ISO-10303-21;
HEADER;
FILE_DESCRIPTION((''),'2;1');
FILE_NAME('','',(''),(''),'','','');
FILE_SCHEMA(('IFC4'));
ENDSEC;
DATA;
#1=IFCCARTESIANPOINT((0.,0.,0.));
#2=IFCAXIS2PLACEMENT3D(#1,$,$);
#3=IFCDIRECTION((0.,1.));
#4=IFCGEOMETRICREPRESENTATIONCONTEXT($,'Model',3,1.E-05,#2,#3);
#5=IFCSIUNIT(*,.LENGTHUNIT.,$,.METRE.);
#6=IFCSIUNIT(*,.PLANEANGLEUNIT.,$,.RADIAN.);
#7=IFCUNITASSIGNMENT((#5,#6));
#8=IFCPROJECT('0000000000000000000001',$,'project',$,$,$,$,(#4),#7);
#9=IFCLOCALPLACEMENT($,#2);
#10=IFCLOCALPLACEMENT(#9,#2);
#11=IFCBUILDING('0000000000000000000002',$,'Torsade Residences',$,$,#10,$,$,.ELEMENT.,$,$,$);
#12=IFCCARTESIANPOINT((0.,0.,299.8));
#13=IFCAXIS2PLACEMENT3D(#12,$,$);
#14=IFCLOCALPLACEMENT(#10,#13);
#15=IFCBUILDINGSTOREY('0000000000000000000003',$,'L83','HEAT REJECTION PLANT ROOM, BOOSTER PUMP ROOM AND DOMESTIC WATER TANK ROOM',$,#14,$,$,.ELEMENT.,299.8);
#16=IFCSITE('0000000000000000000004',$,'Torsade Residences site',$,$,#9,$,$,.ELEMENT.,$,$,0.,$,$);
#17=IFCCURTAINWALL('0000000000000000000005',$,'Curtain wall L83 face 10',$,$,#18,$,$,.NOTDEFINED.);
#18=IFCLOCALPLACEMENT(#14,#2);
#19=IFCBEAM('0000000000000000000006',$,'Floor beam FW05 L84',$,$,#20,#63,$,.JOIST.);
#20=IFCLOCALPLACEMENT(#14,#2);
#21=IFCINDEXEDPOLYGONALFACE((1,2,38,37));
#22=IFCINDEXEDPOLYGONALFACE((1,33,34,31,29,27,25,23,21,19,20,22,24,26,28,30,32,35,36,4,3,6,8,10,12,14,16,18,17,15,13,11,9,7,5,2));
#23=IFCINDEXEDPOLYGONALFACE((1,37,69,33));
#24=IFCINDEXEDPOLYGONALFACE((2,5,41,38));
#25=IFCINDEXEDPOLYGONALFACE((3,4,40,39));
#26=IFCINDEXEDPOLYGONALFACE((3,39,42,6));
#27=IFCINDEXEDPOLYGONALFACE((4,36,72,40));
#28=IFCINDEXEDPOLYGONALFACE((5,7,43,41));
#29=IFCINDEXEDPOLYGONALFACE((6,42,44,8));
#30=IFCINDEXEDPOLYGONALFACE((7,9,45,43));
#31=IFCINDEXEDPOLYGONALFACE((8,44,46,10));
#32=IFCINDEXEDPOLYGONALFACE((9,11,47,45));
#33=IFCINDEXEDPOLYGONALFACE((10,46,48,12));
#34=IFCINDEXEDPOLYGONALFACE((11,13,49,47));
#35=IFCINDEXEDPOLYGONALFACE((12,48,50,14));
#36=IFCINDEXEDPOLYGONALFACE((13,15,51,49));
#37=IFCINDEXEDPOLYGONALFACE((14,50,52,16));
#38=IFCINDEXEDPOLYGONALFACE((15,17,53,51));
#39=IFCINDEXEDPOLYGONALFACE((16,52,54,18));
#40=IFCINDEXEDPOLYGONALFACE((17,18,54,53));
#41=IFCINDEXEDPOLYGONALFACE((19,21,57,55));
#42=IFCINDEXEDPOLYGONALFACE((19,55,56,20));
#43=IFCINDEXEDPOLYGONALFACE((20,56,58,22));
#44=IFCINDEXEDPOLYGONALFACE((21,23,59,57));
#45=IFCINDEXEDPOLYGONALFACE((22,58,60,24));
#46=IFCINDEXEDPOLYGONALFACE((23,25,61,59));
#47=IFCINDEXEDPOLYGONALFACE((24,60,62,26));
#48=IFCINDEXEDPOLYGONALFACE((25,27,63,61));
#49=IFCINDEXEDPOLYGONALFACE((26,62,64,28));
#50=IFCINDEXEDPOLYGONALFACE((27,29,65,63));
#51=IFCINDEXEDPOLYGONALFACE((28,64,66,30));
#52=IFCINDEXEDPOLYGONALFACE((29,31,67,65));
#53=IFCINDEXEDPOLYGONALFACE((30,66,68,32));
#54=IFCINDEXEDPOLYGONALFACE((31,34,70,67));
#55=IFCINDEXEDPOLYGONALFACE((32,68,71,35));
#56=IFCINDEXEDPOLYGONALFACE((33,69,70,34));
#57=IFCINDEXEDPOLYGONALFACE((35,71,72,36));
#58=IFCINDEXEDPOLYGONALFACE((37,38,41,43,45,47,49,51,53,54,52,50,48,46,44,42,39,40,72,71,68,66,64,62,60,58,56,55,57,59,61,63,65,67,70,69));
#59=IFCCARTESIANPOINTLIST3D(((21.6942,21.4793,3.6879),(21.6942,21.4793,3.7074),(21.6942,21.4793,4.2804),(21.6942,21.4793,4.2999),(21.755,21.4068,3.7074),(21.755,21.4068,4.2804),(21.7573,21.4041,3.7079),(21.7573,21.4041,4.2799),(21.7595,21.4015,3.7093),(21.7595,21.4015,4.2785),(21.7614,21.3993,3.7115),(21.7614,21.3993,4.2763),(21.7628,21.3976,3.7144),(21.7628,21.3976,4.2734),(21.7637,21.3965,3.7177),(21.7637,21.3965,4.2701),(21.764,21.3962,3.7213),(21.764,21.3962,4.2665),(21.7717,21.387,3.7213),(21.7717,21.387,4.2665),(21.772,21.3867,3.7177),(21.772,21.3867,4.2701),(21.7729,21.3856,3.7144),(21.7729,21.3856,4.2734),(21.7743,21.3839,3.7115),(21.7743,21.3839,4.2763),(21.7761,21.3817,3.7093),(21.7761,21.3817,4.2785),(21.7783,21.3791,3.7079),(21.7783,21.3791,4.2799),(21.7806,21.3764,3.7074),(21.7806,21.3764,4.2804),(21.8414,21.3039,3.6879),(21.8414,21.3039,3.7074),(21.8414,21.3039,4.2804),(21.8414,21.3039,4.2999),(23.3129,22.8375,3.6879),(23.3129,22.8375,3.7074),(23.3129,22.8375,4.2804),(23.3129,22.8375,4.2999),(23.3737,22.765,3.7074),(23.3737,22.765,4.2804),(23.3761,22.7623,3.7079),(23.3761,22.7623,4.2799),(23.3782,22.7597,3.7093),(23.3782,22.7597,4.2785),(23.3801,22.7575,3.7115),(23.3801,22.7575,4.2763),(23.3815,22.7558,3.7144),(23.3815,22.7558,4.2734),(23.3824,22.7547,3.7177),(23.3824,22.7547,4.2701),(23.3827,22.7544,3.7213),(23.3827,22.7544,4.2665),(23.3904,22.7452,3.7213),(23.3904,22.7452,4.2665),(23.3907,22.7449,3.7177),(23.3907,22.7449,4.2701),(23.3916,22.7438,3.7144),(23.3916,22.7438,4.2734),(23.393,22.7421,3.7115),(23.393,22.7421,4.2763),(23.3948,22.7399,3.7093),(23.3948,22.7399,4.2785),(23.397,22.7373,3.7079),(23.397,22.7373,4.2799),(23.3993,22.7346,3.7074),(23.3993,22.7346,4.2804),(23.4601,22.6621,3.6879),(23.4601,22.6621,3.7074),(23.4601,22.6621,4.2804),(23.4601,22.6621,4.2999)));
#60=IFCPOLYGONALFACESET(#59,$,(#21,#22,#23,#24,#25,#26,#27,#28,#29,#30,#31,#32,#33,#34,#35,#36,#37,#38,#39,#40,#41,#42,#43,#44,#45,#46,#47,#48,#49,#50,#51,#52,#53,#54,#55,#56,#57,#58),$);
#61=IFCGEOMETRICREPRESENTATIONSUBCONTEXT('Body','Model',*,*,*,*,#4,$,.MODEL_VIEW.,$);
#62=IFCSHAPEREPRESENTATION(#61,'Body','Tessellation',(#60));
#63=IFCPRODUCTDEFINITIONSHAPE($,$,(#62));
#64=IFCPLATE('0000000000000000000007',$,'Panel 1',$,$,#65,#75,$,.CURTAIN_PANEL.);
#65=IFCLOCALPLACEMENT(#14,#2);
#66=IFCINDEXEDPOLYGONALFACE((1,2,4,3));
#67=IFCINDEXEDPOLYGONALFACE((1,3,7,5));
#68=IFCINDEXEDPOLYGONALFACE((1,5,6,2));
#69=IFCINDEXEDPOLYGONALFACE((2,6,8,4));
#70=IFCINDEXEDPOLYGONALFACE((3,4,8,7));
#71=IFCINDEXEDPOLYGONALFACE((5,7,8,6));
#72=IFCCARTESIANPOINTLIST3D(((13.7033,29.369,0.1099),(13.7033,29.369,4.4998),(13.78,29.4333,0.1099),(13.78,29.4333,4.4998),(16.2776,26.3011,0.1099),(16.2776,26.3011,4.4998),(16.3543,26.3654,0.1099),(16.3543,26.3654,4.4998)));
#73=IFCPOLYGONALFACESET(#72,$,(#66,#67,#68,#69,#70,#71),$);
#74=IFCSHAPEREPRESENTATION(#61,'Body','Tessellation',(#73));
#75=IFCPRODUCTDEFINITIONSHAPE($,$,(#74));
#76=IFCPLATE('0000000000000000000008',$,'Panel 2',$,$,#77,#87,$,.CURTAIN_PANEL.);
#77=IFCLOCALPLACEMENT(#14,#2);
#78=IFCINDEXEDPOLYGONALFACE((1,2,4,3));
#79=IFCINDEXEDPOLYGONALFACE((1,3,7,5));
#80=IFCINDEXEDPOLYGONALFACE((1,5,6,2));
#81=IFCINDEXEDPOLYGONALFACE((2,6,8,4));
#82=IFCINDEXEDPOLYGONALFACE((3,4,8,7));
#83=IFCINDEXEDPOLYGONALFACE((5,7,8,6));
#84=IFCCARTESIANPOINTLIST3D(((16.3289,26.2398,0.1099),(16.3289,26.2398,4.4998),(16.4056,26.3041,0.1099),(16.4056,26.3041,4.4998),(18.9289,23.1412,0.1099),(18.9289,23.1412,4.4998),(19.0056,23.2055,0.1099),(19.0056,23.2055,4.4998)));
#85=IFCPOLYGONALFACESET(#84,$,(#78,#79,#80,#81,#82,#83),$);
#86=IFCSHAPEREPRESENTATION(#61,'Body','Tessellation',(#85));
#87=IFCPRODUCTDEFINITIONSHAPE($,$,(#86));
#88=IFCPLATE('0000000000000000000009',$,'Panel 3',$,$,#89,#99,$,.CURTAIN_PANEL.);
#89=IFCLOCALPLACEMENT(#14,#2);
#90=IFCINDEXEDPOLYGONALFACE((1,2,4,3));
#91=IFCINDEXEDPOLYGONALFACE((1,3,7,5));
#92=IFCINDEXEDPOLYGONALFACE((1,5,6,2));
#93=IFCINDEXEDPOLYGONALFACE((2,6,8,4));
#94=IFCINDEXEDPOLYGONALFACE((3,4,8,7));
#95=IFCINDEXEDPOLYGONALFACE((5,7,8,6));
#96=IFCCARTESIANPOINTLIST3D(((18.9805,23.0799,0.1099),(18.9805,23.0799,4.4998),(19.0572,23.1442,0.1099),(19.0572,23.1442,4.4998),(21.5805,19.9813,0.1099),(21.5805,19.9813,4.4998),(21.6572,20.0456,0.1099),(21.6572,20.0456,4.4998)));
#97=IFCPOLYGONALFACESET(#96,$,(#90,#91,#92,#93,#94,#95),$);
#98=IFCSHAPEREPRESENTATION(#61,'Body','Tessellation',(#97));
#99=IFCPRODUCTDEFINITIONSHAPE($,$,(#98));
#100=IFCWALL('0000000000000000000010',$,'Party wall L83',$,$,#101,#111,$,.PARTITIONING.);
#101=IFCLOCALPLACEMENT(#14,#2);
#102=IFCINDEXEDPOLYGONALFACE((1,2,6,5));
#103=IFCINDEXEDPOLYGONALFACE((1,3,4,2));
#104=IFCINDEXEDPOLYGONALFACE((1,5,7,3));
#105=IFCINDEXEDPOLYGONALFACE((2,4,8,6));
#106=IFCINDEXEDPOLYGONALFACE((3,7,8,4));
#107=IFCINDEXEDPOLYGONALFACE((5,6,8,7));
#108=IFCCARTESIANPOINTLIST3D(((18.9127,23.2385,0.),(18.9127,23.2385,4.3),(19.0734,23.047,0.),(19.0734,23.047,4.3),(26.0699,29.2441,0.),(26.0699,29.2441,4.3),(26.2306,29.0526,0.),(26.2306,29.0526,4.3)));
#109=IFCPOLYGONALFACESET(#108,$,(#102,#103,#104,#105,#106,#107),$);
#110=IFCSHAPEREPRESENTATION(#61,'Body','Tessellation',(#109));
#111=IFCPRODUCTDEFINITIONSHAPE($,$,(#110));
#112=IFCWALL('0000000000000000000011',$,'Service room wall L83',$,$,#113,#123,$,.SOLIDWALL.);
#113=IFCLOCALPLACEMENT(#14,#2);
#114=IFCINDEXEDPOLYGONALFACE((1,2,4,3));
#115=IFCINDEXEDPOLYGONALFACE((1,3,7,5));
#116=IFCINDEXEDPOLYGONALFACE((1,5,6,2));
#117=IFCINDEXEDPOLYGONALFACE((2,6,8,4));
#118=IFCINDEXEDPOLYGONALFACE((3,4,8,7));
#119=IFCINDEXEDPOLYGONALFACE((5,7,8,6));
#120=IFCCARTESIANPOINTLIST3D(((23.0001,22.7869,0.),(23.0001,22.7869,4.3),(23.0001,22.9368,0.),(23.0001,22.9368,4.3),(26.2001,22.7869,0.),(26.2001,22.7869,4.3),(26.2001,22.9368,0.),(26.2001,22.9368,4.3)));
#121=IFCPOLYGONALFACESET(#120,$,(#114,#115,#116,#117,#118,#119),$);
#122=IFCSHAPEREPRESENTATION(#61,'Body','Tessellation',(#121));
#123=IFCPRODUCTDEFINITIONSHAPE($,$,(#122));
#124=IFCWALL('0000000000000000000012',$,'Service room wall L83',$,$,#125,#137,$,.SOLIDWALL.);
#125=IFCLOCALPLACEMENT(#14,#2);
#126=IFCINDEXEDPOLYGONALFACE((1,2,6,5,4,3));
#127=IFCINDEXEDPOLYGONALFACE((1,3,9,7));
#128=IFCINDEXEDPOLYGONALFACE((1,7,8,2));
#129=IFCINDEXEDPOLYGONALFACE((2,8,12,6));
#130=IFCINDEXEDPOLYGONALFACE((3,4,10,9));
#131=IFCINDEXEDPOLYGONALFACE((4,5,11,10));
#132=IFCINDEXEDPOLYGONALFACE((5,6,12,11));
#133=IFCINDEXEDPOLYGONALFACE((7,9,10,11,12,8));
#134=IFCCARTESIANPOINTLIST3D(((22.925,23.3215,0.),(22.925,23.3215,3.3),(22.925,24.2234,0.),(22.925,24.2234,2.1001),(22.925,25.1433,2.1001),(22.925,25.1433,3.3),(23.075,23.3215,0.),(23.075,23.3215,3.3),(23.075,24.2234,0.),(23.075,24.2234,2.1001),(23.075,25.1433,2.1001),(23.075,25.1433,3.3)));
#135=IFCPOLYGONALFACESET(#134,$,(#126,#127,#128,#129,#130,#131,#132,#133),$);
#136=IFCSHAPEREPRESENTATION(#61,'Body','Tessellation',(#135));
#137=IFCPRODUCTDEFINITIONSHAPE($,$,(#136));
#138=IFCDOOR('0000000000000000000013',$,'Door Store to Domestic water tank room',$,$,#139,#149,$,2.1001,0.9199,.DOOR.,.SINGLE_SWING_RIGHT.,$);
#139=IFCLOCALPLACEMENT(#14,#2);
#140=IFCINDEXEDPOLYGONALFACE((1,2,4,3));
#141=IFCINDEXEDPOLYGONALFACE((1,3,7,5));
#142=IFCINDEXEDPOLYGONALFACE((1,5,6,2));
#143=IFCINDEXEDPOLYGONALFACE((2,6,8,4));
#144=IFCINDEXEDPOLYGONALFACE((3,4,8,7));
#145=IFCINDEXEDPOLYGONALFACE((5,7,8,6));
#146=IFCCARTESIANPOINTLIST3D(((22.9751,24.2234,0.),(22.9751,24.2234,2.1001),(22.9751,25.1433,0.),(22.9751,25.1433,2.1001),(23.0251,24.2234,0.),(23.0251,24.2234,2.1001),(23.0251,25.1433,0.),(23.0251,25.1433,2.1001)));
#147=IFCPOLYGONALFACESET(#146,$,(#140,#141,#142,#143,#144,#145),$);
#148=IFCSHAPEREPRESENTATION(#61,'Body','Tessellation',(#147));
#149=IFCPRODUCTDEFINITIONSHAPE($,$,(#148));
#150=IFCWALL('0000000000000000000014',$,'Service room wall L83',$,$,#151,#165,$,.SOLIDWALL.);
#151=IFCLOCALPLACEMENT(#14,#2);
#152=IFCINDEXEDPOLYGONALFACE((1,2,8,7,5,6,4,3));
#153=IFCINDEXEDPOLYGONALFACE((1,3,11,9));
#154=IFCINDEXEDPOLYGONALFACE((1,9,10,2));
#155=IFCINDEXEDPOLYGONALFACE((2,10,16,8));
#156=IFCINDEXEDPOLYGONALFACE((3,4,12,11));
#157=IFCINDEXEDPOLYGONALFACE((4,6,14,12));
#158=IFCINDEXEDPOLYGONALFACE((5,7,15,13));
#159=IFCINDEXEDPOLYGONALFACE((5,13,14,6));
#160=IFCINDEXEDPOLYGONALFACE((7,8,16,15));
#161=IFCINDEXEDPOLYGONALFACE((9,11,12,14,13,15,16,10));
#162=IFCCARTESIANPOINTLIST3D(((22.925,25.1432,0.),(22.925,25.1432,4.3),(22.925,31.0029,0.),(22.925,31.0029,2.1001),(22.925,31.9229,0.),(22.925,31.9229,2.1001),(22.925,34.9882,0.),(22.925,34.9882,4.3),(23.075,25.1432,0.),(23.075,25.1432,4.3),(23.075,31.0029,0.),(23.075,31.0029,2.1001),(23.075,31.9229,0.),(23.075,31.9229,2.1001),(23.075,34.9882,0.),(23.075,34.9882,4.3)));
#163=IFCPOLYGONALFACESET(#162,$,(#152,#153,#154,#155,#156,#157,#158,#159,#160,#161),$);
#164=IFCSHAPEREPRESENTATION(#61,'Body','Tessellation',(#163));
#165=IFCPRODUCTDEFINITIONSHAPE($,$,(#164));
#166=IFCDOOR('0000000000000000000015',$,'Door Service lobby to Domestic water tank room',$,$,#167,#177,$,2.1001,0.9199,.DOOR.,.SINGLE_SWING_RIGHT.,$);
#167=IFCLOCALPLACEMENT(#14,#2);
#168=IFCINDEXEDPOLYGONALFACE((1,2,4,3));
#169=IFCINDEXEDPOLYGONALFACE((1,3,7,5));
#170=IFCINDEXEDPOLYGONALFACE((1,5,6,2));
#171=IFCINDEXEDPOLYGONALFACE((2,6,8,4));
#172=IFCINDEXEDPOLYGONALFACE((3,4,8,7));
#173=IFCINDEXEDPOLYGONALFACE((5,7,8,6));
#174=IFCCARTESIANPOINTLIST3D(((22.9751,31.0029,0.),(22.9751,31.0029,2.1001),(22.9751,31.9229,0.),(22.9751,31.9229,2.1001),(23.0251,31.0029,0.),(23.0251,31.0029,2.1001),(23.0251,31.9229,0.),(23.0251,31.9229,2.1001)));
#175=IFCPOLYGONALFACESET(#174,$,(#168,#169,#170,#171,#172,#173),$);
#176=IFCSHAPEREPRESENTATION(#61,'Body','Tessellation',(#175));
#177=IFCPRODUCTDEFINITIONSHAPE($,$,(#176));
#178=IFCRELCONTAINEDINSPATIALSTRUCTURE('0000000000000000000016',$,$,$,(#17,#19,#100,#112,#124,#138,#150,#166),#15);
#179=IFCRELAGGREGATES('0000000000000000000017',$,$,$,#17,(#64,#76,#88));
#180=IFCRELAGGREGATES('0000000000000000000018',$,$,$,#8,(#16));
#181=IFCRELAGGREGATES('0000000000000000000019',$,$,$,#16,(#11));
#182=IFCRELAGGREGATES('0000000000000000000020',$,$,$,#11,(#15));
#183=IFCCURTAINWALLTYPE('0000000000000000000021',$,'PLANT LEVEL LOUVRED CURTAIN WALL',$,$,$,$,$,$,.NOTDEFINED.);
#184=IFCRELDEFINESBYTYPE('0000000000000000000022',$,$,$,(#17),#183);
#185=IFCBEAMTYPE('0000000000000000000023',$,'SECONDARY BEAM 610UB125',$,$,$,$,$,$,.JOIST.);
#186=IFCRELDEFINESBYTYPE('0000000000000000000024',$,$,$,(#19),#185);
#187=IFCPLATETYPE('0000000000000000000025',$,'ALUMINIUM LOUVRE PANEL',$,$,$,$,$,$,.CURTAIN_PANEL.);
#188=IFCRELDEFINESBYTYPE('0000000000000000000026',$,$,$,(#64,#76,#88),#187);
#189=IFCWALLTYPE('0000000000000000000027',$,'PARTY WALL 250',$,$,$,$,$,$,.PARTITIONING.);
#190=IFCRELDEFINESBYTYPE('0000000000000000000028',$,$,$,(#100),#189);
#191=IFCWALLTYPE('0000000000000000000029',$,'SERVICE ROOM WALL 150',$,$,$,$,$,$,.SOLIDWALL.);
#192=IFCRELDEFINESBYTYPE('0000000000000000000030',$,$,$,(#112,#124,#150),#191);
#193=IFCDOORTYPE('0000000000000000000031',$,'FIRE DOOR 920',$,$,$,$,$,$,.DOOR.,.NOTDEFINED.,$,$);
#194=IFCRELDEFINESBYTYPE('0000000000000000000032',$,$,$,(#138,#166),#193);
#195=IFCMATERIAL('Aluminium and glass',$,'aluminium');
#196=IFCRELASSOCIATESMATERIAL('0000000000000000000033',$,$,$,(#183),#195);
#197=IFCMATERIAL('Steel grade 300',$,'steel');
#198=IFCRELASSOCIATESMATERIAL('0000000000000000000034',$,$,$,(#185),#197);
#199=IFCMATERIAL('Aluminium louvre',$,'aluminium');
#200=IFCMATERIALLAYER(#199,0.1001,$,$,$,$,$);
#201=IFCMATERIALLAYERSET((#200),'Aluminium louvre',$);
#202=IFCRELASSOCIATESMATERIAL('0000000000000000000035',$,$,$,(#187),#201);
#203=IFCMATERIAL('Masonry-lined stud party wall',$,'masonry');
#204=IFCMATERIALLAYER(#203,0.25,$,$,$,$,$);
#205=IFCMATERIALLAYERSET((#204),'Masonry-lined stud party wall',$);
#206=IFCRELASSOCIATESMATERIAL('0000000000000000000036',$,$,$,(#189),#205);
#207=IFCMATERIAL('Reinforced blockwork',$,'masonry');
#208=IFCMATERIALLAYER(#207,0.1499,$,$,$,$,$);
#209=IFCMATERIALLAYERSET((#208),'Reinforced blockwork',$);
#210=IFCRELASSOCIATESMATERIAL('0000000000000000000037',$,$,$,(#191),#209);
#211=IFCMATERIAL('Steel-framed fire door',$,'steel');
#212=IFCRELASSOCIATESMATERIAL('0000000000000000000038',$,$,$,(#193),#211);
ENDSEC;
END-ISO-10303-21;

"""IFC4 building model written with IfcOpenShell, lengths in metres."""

from ifc_helpers import new_model, si_unit, direction, frame, frame_2d, origin, origin_2d, place, context, subcontext, project, spatial, rectangle, i_section, extrude, material, layer, layer_set, material_profile, profile_set, type_object, element, fill, aggregate, save


model = new_model("IFC4")

# Units and contexts
model_context = context("Model", 3, precision=1e-05, world=origin(), true_north=direction((0.0, 1.0)))
body_context = subcontext(model_context, "Body", "Model", "MODEL_VIEW")
ifc_project = project(units=[si_unit("LENGTHUNIT", "METRE"), si_unit("PLANEANGLEUNIT", "RADIAN")], contexts=[model_context])

# Site, building, storey
site_placement = place(None, origin())
site = spatial("IfcSite", under=ifc_project, at=site_placement, Name="Torsade Residences site", CompositionType="ELEMENT", RefElevation=0.0)
building_placement = place(site_placement, origin())
building = spatial("IfcBuilding", under=site, at=building_placement, Name="Torsade Residences", CompositionType="ELEMENT")
storey_placement = place(building_placement, frame((0.0, 0.0, 299.8)))
storey = spatial("IfcBuildingStorey", under=building, at=storey_placement, Name="L83", Description="HEAT REJECTION PLANT ROOM, BOOSTER PUMP ROOM AND DOMESTIC WATER TANK ROOM", CompositionType="ELEMENT", Elevation=299.8)

# Shared definitions
ifc_material_1 = material(Name="Aluminium and glass", Category="aluminium")
curtain_wall_type = type_object("IfcCurtainWallType", Name="PLANT LEVEL LOUVRED CURTAIN WALL", PredefinedType="NOTDEFINED", material=ifc_material_1)

# Curtain wall
curtain_wall_1_placement = place(storey_placement, origin())
curtain_wall_1 = element("IfcCurtainWall", 1, at=curtain_wall_1_placement, inside=storey, type_object=curtain_wall_type, Name="Curtain wall L83 face 10", PredefinedType="NOTDEFINED")

# Beam
ifc_material_2 = material(Name="Steel grade 300", Category="steel")
ifc_material_profile_1 = material_profile(ifc_material_2, i_section(OverallWidth=0.229, OverallDepth=0.6121, WebThickness=0.012, FlangeThickness=0.0195, FilletRadius=0.0139, at=origin_2d()), Name="610UB125")
ifc_profile_set_1 = profile_set([ifc_material_profile_1], Name="Steel grade 300")
beam_type_1 = type_object("IfcBeamType", Name="SECONDARY BEAM 610UB125", PredefinedType="JOIST", material=ifc_profile_set_1)
beam_1_placement = place(storey_placement, frame((21.7678, 21.3916, 3.9939), z_axis=(0.766058, 0.642772, 0.0), x_axis=(-0.642772, 0.766058, 0.0)))
element("IfcBeam", 2, at=beam_1_placement, inside=storey, type_object=beam_type_1, Name="Floor beam FW05 L84", PredefinedType="JOIST", context=body_context, shape_type="SweptSolid", body=[
    extrude(i_section(OverallWidth=0.229, OverallDepth=0.6121, WebThickness=0.012, FlangeThickness=0.0195, FilletRadius=0.0139, at=origin_2d()), origin(), (0.0, 0.0, 1.0), 2.113),
])

# Plates
ifc_material_3 = material(Name="Aluminium louvre", Category="aluminium")
ifc_layer_1 = layer(ifc_material_3, 0.1001)
ifc_layer_set_1 = layer_set([ifc_layer_1], Name="Aluminium louvre")
plate_type = type_object("IfcPlateType", Name="ALUMINIUM LOUVRE PANEL", PredefinedType="CURTAIN_PANEL", material=ifc_layer_set_1)
plate_1_placement = place(storey_placement, frame((15.0288, 27.8672, 0.1099), z_axis=(0.0, 0.0, 1.0), x_axis=(0.642788, -0.766044, 0.0)))
plate_1 = element("IfcPlate", 3, at=plate_1_placement, type_object=plate_type, Name="Panel 1", PredefinedType="CURTAIN_PANEL", context=body_context, shape_type="SweptSolid", body=[
    extrude(rectangle(XDim=4.0049, YDim=0.1001, at=origin_2d()), origin(), (0.0, 0.0, 1.0), 4.3899),
])
plate_2_placement = place(storey_placement, frame((17.6672, 24.7227, 0.1099), z_axis=(0.0, 0.0, 1.0), x_axis=(0.642788, -0.766044, 0.0)))
plate_2 = element("IfcPlate", 4, at=plate_2_placement, type_object=plate_type, Name="Panel 2", PredefinedType="CURTAIN_PANEL", context=body_context, shape_type="SweptSolid", body=[
    extrude(rectangle(XDim=4.0449, YDim=0.1001, at=origin_2d()), origin(), (0.0, 0.0, 1.0), 4.3899),
])
plate_3_placement = place(storey_placement, frame((20.3188, 21.5627, 0.1099), z_axis=(0.0, 0.0, 1.0), x_axis=(0.642788, -0.766044, 0.0)))
plate_3 = element("IfcPlate", 5, at=plate_3_placement, type_object=plate_type, Name="Panel 3", PredefinedType="CURTAIN_PANEL", context=body_context, shape_type="SweptSolid", body=[
    extrude(rectangle(XDim=4.0449, YDim=0.1001, at=origin_2d()), origin(), (0.0, 0.0, 1.0), 4.3899),
])
aggregate(curtain_wall_1, [plate_1, plate_2, plate_3])

# Walls
ifc_material_4 = material(Name="Masonry-lined stud party wall", Category="masonry")
ifc_layer_2 = layer(ifc_material_4, 0.25)
ifc_layer_set_2 = layer_set([ifc_layer_2], Name="Masonry-lined stud party wall")
wall_type_1 = type_object("IfcWallType", Name="PARTY WALL 250", PredefinedType="PARTITIONING", material=ifc_layer_set_2)
wall_1_placement = place(storey_placement, frame((18.9932, 23.1428, 0.0), z_axis=(0.0, 0.0, 1.0), x_axis=(0.766045, 0.642787, 0.0)))
element("IfcWall", 6, at=wall_1_placement, inside=storey, type_object=wall_type_1, Name="Party wall L83", PredefinedType="PARTITIONING", context=body_context, shape_type="SweptSolid", body=[
    extrude(rectangle(XDim=9.343, YDim=0.25, at=frame_2d((4.6714, 0.0))), origin(), (0.0, 0.0, 1.0), 4.3),
])
ifc_material_5 = material(Name="Reinforced blockwork", Category="masonry")
ifc_layer_3 = layer(ifc_material_5, 0.1499)
ifc_layer_set_3 = layer_set([ifc_layer_3], Name="Reinforced blockwork")
wall_type_2 = type_object("IfcWallType", Name="SERVICE ROOM WALL 150", PredefinedType="SOLIDWALL", material=ifc_layer_set_3)
wall_2_placement = place(storey_placement, frame((23.0, 22.8618, 0.0), z_axis=(0.0, 0.0, 1.0), x_axis=(1.0, 0.0, 0.0)))
element("IfcWall", 7, at=wall_2_placement, inside=storey, type_object=wall_type_2, Name="Service room wall L83", PredefinedType="SOLIDWALL", context=body_context, shape_type="SweptSolid", body=[
    extrude(rectangle(XDim=3.2, YDim=0.1499, at=frame_2d((1.6001, 0.0))), origin(), (0.0, 0.0, 1.0), 4.3),
])

# Walls, openings, doors
wall_3_placement = place(storey_placement, frame((23.0, 23.3215, 0.0), z_axis=(0.0, 0.0, 1.0), x_axis=(0.0, 1.0, 0.0)))
wall_3 = element("IfcWall", 8, at=wall_3_placement, inside=storey, type_object=wall_type_2, Name="Service room wall L83", PredefinedType="SOLIDWALL", context=body_context, shape_type="SweptSolid", body=[
    extrude(rectangle(XDim=1.8218, YDim=0.1499, at=frame_2d((0.9109, 0.0))), origin(), (0.0, 0.0, 1.0), 3.3),
])
opening_1_placement = place(wall_3_placement, frame((0.9019, 0.0, 0.0)))
opening_1 = element("IfcOpeningElement", 9, at=opening_1_placement, cuts=wall_3, PredefinedType="OPENING", context=body_context, shape_type="SweptSolid", body=[
    extrude(rectangle(XDim=0.9199, YDim=2.1001, at=frame_2d((0.46, 1.05))), frame((0.0, 0.085, 0.0), z_axis=(0.0, -1.0, 0.0), x_axis=(1.0, 0.0, 0.0)), (0.0, 0.0, 1.0), 0.1699),
])
ifc_material_6 = material(Name="Steel-framed fire door", Category="steel")
door_type = type_object("IfcDoorType", Name="FIRE DOOR 920", OperationType="NOTDEFINED", PredefinedType="DOOR", material=ifc_material_6)
door_1_placement = place(opening_1_placement, origin())
door_1 = element("IfcDoor", 10, at=door_1_placement, inside=storey, type_object=door_type, Name="Door Store to Domestic water tank room", OperationType="SINGLE_SWING_RIGHT", OverallHeight=2.1001, OverallWidth=0.9199, PredefinedType="DOOR", context=body_context, shape_type="SweptSolid", body=[
    extrude(rectangle(XDim=0.9199, YDim=2.1001, at=frame_2d((0.46, 1.05))), frame((0.0, 0.0249, 0.0), z_axis=(0.0, -1.0, 0.0), x_axis=(1.0, 0.0, 0.0)), (0.0, 0.0, 1.0), 0.05),
])
fill(opening_1, door_1)
wall_4_placement = place(storey_placement, frame((23.0, 25.1433, 0.0), z_axis=(0.0, 0.0, 1.0), x_axis=(0.0, 1.0, 0.0)))
wall_4 = element("IfcWall", 11, at=wall_4_placement, inside=storey, type_object=wall_type_2, Name="Service room wall L83", PredefinedType="SOLIDWALL", context=body_context, shape_type="SweptSolid", body=[
    extrude(rectangle(XDim=9.845, YDim=0.1499, at=frame_2d((4.9224, 0.0))), origin(), (0.0, 0.0, 1.0), 4.3),
])
opening_2_placement = place(wall_4_placement, frame((5.8596, 0.0, 0.0)))
opening_2 = element("IfcOpeningElement", 12, at=opening_2_placement, cuts=wall_4, PredefinedType="OPENING", context=body_context, shape_type="SweptSolid", body=[
    extrude(rectangle(XDim=0.9199, YDim=2.1001, at=frame_2d((0.46, 1.05))), frame((0.0, 0.085, 0.0), z_axis=(0.0, -1.0, 0.0), x_axis=(1.0, 0.0, 0.0)), (0.0, 0.0, 1.0), 0.1699),
])
door_2_placement = place(opening_2_placement, origin())
door_2 = element("IfcDoor", 13, at=door_2_placement, inside=storey, type_object=door_type, Name="Door Service lobby to Domestic water tank room", OperationType="SINGLE_SWING_RIGHT", OverallHeight=2.1001, OverallWidth=0.9199, PredefinedType="DOOR", context=body_context, shape_type="SweptSolid", body=[
    extrude(rectangle(XDim=0.9199, YDim=2.1001, at=frame_2d((0.46, 1.05))), frame((0.0, 0.0249, 0.0), z_axis=(0.0, -1.0, 0.0), x_axis=(1.0, 0.0, 0.0)), (0.0, 0.0, 1.0), 0.05),
])
fill(opening_2, door_2)

save(model, "model.ifc")
